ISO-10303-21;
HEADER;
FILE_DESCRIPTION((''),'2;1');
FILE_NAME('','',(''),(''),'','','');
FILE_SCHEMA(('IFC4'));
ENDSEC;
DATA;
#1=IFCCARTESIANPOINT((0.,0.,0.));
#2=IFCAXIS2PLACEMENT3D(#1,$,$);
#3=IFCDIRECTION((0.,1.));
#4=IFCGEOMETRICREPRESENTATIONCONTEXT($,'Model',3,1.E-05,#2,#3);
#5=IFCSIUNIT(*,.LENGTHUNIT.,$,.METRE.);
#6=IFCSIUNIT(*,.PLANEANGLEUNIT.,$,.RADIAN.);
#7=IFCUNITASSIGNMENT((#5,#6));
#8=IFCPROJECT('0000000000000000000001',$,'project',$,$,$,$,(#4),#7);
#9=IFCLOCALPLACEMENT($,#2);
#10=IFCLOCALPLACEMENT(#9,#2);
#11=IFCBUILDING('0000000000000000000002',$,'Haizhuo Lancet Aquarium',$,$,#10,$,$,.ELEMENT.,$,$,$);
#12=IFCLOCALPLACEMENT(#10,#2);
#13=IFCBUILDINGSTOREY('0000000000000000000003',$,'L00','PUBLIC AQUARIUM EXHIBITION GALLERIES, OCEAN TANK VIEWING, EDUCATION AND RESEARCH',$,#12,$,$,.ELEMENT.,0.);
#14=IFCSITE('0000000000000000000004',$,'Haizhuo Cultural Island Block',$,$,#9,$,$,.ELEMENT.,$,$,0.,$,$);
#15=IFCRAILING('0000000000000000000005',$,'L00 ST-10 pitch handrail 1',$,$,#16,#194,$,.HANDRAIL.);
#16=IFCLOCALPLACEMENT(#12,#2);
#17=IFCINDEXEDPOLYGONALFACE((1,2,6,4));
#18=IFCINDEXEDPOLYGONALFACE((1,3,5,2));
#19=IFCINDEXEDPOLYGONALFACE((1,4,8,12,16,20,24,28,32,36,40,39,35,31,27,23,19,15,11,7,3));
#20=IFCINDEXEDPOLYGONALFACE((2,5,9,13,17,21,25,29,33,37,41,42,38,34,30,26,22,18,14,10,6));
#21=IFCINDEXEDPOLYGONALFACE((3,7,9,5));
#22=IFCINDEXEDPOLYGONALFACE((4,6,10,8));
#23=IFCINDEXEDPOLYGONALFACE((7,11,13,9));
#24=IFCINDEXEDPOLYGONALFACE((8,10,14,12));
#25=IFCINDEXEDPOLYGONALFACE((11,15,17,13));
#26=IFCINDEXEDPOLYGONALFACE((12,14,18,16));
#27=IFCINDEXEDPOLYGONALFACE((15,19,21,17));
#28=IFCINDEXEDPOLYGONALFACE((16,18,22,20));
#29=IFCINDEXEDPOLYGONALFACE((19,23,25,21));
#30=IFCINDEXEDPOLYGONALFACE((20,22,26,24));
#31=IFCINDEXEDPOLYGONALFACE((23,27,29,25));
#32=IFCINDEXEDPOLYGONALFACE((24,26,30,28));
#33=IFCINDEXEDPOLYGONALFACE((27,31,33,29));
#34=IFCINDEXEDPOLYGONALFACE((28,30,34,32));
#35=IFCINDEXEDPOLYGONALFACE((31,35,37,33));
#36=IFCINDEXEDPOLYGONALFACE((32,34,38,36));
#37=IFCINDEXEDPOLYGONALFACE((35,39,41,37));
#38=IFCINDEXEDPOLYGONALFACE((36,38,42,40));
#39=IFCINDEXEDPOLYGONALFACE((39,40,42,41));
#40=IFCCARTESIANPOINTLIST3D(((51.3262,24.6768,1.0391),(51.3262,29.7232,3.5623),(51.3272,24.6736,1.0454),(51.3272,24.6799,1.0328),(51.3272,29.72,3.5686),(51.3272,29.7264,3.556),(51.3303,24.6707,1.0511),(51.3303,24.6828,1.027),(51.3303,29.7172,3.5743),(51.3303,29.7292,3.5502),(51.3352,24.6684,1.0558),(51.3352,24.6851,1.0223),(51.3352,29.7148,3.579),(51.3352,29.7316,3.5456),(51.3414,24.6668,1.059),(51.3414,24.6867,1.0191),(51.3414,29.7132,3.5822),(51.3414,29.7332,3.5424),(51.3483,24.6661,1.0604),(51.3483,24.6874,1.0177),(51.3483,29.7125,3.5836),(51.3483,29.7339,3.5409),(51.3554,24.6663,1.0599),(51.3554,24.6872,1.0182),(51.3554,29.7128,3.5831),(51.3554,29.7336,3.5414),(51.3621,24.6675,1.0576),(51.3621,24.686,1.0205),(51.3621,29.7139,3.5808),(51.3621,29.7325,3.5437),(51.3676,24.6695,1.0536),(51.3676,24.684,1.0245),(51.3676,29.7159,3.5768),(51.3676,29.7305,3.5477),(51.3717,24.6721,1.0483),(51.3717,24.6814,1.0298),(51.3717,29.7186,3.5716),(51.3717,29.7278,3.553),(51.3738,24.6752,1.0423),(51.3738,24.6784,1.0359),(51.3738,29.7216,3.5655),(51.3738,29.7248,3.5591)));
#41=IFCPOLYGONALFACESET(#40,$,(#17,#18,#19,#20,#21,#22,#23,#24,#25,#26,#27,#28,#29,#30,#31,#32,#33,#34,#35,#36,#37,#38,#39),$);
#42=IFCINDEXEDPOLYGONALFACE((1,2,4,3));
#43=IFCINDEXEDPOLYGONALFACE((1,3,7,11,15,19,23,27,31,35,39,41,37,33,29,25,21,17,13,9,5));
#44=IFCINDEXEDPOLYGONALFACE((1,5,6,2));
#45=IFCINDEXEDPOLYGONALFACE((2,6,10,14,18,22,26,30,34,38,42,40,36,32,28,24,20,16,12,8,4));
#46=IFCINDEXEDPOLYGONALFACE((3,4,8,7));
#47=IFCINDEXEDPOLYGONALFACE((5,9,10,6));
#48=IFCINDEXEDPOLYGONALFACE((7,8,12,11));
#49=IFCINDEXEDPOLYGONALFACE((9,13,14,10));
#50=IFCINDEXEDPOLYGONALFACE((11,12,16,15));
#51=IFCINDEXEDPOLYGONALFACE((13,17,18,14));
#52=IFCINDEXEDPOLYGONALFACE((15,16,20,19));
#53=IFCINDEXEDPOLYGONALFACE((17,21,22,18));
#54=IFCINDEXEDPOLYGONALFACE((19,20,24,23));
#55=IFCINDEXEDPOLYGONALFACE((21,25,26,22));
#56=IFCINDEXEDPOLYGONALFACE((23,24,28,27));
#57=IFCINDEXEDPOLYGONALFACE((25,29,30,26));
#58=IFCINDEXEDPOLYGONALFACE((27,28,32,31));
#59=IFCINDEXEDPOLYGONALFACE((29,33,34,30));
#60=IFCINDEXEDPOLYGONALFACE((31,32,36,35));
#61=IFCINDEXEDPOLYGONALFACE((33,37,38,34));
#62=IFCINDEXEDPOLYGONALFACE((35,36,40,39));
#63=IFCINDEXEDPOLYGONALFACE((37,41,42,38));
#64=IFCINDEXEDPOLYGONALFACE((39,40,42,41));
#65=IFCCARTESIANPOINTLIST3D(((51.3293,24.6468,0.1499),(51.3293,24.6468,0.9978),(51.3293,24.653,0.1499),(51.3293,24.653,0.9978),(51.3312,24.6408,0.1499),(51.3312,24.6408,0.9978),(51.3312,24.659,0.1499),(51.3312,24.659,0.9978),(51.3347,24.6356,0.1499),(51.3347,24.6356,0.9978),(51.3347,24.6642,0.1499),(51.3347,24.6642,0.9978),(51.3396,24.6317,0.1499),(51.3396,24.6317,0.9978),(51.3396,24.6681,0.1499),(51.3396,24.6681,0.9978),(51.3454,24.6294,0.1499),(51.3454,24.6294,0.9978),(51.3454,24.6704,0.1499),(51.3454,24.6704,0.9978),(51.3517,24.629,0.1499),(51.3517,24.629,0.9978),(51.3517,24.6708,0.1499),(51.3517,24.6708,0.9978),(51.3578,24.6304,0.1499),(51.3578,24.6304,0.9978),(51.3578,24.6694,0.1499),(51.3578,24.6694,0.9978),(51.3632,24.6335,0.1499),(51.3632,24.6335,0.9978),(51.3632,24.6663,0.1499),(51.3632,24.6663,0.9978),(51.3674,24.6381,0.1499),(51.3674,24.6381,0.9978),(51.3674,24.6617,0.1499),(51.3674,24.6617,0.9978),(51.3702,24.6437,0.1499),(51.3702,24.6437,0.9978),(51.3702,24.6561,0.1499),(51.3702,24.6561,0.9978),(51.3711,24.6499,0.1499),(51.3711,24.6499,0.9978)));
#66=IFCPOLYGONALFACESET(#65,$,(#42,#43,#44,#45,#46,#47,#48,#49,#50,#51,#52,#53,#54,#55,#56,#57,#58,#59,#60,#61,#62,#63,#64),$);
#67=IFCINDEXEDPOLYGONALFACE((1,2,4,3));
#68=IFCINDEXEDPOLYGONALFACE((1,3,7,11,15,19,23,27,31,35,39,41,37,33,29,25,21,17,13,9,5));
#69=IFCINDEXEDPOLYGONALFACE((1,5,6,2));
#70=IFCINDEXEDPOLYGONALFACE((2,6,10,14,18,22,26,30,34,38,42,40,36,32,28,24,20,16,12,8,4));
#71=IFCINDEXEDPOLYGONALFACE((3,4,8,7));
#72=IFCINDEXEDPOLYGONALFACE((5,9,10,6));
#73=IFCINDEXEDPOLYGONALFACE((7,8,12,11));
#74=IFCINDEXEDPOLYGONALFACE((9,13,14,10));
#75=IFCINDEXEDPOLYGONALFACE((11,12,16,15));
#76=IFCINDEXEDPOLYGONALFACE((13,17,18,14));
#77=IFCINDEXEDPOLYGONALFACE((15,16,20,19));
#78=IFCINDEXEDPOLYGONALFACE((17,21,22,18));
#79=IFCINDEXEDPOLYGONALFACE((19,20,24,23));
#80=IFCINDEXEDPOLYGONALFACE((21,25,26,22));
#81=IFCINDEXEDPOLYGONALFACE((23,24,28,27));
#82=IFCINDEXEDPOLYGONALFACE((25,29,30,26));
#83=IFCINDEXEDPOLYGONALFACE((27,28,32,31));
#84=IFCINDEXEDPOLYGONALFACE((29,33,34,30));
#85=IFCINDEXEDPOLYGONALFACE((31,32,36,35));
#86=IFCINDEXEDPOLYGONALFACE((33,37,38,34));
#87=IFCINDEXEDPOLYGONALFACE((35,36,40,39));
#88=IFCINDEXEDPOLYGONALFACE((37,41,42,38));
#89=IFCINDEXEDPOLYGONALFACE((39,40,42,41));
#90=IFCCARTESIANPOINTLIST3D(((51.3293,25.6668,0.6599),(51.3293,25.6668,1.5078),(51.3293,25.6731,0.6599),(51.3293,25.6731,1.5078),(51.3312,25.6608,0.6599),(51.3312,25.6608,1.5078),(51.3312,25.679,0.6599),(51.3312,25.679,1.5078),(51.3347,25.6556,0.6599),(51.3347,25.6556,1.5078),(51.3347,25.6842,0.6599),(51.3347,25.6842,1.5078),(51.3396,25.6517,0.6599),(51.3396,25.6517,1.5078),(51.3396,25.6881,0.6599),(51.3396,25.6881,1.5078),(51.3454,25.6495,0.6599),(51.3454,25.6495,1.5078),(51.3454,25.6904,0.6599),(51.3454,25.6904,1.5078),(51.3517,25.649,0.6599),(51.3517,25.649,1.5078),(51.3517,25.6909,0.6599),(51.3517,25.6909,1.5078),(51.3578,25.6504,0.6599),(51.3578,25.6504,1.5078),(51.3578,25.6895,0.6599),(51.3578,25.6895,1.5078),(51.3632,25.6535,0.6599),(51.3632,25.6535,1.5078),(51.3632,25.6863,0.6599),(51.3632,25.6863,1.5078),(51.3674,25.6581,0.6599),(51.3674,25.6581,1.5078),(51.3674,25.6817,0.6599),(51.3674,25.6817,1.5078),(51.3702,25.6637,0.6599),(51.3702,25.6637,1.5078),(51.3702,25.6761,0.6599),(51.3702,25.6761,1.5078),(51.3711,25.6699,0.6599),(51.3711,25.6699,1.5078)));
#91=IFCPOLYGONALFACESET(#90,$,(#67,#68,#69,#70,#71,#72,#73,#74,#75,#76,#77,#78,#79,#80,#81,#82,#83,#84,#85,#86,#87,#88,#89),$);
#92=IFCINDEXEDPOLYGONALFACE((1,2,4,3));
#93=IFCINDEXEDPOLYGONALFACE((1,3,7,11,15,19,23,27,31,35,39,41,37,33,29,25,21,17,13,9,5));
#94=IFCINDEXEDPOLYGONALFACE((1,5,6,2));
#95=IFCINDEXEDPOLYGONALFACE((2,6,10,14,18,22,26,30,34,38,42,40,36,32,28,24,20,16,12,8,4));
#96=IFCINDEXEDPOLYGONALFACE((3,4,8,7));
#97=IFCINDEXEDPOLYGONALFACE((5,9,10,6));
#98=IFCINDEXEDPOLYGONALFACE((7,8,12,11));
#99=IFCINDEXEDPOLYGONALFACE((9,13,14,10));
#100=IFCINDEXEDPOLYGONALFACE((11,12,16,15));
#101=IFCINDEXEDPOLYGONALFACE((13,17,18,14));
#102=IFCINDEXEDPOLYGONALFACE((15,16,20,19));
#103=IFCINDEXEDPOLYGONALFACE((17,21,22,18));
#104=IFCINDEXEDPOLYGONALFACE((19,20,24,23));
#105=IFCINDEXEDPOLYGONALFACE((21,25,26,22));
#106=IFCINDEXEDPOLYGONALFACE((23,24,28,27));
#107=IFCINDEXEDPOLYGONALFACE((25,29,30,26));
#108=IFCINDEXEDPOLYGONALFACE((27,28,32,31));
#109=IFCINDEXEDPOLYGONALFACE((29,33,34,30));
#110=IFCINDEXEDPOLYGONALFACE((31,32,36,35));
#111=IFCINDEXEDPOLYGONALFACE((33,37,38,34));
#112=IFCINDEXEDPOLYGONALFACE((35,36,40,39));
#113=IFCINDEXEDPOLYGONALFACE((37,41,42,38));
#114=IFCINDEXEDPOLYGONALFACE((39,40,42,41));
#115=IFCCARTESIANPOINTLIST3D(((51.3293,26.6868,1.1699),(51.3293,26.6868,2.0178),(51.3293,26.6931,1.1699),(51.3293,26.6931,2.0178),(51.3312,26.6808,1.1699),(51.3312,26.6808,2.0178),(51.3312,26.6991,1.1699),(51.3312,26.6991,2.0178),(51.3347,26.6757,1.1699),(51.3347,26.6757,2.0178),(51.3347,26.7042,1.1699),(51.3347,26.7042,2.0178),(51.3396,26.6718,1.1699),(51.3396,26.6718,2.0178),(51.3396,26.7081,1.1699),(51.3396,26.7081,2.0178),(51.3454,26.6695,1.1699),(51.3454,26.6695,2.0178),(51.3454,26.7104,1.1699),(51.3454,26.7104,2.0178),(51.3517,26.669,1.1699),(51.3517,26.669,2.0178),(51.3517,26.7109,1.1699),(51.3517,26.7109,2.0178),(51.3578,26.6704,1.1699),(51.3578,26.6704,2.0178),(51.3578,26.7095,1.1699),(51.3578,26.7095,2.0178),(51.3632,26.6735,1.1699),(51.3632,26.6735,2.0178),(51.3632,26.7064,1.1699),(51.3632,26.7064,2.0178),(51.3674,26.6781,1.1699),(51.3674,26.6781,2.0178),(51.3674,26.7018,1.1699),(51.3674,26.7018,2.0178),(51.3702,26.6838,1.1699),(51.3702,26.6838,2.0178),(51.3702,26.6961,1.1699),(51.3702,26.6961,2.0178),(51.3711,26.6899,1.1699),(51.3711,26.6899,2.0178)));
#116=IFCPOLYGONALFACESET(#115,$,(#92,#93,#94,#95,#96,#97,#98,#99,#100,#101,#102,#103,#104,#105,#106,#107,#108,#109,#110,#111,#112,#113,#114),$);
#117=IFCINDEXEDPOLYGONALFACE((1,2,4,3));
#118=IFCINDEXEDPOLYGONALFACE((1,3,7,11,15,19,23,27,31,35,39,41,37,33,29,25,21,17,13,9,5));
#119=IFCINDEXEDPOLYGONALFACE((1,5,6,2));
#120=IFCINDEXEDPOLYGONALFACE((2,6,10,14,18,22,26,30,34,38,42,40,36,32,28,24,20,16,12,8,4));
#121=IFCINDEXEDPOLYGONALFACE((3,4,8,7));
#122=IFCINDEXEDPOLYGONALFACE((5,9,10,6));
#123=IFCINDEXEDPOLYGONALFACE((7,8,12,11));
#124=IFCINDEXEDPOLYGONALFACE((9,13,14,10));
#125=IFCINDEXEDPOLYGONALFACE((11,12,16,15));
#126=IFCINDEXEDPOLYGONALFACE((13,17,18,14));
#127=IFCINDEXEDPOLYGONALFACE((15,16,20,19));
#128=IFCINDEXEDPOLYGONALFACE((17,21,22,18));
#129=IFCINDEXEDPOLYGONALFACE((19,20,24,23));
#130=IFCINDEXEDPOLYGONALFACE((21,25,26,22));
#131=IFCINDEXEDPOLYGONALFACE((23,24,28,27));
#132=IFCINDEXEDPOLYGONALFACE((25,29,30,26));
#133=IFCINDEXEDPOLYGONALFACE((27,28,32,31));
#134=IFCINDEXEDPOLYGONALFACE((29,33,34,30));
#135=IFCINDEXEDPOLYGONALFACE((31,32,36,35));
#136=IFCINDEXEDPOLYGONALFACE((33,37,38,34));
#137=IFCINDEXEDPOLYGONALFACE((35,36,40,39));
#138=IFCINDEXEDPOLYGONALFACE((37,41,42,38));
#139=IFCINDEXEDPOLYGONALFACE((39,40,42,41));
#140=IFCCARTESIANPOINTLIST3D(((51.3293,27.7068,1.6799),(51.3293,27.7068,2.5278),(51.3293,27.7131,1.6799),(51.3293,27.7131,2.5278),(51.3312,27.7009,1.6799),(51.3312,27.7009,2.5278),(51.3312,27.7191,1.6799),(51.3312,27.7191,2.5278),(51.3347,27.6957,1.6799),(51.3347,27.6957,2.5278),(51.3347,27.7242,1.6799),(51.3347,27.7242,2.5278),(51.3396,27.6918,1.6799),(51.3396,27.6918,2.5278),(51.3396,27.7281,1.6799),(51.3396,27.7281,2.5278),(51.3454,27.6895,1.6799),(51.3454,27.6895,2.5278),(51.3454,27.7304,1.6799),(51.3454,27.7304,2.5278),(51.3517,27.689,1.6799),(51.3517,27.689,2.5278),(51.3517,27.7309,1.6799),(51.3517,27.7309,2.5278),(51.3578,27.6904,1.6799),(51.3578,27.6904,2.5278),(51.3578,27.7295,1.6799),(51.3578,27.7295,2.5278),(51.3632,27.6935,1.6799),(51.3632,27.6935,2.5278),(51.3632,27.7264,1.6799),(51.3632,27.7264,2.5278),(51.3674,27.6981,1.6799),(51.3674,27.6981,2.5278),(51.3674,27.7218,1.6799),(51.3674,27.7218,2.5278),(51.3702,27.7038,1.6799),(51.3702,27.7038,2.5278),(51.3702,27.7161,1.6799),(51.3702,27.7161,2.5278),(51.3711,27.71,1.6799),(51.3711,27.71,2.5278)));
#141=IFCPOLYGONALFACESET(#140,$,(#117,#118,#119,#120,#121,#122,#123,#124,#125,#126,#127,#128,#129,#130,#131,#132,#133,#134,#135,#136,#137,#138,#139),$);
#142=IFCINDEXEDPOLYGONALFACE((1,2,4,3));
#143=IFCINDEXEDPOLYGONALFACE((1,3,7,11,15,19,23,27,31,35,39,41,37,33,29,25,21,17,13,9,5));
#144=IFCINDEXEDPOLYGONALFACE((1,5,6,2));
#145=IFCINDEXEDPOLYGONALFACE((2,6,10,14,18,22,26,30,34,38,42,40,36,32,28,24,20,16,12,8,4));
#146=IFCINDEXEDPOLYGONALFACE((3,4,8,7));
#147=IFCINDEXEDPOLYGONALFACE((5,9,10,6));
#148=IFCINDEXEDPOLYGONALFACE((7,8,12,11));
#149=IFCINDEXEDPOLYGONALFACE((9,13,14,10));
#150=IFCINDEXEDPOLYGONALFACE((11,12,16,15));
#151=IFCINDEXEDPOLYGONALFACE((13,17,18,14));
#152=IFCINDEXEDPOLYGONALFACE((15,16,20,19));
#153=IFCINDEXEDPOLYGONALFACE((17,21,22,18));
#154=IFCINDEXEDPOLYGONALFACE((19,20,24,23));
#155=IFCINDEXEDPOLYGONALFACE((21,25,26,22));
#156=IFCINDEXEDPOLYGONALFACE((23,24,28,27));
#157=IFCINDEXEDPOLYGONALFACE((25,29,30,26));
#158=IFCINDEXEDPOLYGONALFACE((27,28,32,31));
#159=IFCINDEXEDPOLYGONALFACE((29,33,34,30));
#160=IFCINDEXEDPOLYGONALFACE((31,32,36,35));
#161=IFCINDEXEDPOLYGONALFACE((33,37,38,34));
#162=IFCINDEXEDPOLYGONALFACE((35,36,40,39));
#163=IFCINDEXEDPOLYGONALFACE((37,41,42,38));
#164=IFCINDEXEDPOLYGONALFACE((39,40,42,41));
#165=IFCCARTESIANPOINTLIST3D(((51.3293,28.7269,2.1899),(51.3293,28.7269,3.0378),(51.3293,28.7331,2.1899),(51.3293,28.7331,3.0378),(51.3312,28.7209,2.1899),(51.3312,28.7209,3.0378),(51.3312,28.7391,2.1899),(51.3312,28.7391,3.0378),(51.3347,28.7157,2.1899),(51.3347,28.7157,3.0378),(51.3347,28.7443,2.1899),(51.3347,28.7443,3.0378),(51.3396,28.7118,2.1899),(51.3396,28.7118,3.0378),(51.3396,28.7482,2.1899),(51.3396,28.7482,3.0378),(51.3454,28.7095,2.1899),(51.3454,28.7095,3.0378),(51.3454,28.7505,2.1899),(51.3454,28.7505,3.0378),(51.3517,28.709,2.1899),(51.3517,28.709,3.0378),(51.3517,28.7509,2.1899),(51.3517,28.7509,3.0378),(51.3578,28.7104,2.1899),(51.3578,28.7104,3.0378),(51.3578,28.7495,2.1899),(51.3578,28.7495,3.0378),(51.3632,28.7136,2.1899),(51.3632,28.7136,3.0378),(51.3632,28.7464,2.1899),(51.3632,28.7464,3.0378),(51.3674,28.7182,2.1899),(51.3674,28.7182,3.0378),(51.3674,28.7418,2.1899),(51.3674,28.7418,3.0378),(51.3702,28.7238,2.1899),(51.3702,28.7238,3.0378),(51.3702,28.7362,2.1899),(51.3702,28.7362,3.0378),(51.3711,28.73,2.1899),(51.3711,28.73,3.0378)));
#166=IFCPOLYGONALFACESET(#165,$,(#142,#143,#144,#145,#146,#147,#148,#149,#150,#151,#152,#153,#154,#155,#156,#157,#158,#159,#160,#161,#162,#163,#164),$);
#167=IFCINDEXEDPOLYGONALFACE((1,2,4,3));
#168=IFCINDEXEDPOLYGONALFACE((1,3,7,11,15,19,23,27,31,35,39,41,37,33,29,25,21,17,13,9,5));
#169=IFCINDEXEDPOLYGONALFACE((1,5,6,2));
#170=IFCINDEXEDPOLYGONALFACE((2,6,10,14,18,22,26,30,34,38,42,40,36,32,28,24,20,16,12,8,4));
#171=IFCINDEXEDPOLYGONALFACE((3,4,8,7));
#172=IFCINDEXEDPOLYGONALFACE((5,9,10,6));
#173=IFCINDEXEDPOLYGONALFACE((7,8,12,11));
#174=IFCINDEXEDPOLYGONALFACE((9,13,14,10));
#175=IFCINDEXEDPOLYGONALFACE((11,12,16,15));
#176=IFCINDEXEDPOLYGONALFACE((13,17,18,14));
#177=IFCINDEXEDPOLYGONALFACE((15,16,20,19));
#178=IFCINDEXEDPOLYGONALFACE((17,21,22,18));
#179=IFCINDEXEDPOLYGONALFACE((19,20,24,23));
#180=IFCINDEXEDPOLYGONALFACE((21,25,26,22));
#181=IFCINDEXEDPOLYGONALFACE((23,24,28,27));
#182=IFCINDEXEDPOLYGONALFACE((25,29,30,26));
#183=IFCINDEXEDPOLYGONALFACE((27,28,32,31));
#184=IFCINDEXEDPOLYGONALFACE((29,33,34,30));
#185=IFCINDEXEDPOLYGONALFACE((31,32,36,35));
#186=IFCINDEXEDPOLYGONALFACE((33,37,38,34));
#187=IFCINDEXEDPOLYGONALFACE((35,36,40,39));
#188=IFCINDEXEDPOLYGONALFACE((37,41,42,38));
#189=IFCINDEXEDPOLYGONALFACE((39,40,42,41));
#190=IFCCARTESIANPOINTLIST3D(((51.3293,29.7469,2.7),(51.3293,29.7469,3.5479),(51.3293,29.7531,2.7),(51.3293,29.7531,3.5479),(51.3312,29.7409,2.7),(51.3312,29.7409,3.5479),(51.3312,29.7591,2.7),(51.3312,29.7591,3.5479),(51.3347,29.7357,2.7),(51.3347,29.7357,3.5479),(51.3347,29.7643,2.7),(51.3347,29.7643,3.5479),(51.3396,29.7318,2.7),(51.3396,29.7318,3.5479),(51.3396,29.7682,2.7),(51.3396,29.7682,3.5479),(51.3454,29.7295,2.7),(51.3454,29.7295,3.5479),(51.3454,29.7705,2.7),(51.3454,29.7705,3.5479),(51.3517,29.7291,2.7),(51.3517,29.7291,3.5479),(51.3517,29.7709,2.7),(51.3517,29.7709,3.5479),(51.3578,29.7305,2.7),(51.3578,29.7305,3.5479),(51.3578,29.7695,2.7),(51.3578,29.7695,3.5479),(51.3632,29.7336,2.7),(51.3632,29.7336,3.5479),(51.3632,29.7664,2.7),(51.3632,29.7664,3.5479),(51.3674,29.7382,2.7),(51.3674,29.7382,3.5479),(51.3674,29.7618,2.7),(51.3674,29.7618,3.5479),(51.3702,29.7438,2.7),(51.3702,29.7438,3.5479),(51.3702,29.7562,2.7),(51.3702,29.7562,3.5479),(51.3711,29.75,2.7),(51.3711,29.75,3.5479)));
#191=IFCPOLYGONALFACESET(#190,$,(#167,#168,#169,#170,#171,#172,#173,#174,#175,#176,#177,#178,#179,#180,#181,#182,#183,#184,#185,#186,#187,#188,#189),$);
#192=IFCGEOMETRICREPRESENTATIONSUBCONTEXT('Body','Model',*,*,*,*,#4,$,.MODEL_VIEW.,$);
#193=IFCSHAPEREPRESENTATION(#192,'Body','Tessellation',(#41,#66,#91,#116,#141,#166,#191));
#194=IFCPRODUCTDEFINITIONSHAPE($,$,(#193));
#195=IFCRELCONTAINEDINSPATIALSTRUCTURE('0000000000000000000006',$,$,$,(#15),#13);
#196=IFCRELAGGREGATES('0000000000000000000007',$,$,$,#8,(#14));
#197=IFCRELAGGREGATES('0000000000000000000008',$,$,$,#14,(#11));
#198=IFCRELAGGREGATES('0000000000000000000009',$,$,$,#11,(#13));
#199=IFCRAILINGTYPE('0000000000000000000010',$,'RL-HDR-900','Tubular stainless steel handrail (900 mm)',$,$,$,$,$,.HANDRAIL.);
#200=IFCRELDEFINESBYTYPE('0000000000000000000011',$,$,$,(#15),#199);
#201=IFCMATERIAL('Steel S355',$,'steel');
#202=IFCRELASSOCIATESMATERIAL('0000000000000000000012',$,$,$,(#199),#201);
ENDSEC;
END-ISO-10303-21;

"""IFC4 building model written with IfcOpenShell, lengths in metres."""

from ifc_helpers import new_model, si_unit, direction, frame, origin, origin_2d, place, context, subcontext, project, spatial, circle, extrude, material, type_object, element, save


model = new_model("IFC4")

# Units and contexts
model_context = context("Model", 3, precision=1e-05, world=origin(), true_north=direction((0.0, 1.0)))
body_context = subcontext(model_context, "Body", "Model", "MODEL_VIEW")
ifc_project = project(units=[si_unit("LENGTHUNIT", "METRE"), si_unit("PLANEANGLEUNIT", "RADIAN")], contexts=[model_context])

# Site, building, storey
site_placement = place(None, origin())
site = spatial("IfcSite", under=ifc_project, at=site_placement, Name="Haizhuo Cultural Island Block", CompositionType="ELEMENT", RefElevation=0.0)
building_placement = place(site_placement, origin())
building = spatial("IfcBuilding", under=site, at=building_placement, Name="Haizhuo Lancet Aquarium", CompositionType="ELEMENT")
storey_placement = place(building_placement, origin())
storey = spatial("IfcBuildingStorey", under=building, at=storey_placement, Name="L00", Description="PUBLIC AQUARIUM EXHIBITION GALLERIES, OCEAN TANK VIEWING, EDUCATION AND RESEARCH", CompositionType="ELEMENT", Elevation=0.0)

# Shared definitions
ifc_material_1 = material(Name="Steel S355", Category="steel")

# Railing
railing_type_1 = type_object("IfcRailingType", Name="RL-HDR-900", Description="Tubular stainless steel handrail (900 mm)", PredefinedType="HANDRAIL", material=ifc_material_1)
railing_1_placement = place(storey_placement, frame((51.3501, 24.6499, 0.1499)))
element("IfcRailing", 1, at=railing_1_placement, inside=storey, type_object=railing_type_1, Name="L00 ST-10 pitch handrail 1", PredefinedType="HANDRAIL", context=body_context, shape_type="SweptSolid", body=[
    extrude(circle(Radius=0.0239, at=origin_2d()), frame((0.0, 0.0269, 0.8892), z_axis=(0.0, 0.894427, 0.447214), x_axis=(-1.0, 0.0, 0.0)), (0.0, 0.0, 1.0), 5.6421),
    extrude(circle(Radius=0.021, at=origin_2d()), origin(), (0.0, 0.0, 1.0), 0.8479),
    extrude(circle(Radius=0.021, at=origin_2d()), frame((0.0, 1.02, 0.51)), (0.0, 0.0, 1.0), 0.8479),
    extrude(circle(Radius=0.021, at=origin_2d()), frame((0.0, 2.04, 1.02)), (0.0, 0.0, 1.0), 0.8479),
    extrude(circle(Radius=0.021, at=origin_2d()), frame((0.0, 3.0601, 1.53)), (0.0, 0.0, 1.0), 0.8479),
    extrude(circle(Radius=0.021, at=origin_2d()), frame((0.0, 4.0801, 2.04)), (0.0, 0.0, 1.0), 0.8479),
    extrude(circle(Radius=0.021, at=origin_2d()), frame((0.0, 5.1001, 2.55)), (0.0, 0.0, 1.0), 0.8479),
])

save(model, "model.ifc")
